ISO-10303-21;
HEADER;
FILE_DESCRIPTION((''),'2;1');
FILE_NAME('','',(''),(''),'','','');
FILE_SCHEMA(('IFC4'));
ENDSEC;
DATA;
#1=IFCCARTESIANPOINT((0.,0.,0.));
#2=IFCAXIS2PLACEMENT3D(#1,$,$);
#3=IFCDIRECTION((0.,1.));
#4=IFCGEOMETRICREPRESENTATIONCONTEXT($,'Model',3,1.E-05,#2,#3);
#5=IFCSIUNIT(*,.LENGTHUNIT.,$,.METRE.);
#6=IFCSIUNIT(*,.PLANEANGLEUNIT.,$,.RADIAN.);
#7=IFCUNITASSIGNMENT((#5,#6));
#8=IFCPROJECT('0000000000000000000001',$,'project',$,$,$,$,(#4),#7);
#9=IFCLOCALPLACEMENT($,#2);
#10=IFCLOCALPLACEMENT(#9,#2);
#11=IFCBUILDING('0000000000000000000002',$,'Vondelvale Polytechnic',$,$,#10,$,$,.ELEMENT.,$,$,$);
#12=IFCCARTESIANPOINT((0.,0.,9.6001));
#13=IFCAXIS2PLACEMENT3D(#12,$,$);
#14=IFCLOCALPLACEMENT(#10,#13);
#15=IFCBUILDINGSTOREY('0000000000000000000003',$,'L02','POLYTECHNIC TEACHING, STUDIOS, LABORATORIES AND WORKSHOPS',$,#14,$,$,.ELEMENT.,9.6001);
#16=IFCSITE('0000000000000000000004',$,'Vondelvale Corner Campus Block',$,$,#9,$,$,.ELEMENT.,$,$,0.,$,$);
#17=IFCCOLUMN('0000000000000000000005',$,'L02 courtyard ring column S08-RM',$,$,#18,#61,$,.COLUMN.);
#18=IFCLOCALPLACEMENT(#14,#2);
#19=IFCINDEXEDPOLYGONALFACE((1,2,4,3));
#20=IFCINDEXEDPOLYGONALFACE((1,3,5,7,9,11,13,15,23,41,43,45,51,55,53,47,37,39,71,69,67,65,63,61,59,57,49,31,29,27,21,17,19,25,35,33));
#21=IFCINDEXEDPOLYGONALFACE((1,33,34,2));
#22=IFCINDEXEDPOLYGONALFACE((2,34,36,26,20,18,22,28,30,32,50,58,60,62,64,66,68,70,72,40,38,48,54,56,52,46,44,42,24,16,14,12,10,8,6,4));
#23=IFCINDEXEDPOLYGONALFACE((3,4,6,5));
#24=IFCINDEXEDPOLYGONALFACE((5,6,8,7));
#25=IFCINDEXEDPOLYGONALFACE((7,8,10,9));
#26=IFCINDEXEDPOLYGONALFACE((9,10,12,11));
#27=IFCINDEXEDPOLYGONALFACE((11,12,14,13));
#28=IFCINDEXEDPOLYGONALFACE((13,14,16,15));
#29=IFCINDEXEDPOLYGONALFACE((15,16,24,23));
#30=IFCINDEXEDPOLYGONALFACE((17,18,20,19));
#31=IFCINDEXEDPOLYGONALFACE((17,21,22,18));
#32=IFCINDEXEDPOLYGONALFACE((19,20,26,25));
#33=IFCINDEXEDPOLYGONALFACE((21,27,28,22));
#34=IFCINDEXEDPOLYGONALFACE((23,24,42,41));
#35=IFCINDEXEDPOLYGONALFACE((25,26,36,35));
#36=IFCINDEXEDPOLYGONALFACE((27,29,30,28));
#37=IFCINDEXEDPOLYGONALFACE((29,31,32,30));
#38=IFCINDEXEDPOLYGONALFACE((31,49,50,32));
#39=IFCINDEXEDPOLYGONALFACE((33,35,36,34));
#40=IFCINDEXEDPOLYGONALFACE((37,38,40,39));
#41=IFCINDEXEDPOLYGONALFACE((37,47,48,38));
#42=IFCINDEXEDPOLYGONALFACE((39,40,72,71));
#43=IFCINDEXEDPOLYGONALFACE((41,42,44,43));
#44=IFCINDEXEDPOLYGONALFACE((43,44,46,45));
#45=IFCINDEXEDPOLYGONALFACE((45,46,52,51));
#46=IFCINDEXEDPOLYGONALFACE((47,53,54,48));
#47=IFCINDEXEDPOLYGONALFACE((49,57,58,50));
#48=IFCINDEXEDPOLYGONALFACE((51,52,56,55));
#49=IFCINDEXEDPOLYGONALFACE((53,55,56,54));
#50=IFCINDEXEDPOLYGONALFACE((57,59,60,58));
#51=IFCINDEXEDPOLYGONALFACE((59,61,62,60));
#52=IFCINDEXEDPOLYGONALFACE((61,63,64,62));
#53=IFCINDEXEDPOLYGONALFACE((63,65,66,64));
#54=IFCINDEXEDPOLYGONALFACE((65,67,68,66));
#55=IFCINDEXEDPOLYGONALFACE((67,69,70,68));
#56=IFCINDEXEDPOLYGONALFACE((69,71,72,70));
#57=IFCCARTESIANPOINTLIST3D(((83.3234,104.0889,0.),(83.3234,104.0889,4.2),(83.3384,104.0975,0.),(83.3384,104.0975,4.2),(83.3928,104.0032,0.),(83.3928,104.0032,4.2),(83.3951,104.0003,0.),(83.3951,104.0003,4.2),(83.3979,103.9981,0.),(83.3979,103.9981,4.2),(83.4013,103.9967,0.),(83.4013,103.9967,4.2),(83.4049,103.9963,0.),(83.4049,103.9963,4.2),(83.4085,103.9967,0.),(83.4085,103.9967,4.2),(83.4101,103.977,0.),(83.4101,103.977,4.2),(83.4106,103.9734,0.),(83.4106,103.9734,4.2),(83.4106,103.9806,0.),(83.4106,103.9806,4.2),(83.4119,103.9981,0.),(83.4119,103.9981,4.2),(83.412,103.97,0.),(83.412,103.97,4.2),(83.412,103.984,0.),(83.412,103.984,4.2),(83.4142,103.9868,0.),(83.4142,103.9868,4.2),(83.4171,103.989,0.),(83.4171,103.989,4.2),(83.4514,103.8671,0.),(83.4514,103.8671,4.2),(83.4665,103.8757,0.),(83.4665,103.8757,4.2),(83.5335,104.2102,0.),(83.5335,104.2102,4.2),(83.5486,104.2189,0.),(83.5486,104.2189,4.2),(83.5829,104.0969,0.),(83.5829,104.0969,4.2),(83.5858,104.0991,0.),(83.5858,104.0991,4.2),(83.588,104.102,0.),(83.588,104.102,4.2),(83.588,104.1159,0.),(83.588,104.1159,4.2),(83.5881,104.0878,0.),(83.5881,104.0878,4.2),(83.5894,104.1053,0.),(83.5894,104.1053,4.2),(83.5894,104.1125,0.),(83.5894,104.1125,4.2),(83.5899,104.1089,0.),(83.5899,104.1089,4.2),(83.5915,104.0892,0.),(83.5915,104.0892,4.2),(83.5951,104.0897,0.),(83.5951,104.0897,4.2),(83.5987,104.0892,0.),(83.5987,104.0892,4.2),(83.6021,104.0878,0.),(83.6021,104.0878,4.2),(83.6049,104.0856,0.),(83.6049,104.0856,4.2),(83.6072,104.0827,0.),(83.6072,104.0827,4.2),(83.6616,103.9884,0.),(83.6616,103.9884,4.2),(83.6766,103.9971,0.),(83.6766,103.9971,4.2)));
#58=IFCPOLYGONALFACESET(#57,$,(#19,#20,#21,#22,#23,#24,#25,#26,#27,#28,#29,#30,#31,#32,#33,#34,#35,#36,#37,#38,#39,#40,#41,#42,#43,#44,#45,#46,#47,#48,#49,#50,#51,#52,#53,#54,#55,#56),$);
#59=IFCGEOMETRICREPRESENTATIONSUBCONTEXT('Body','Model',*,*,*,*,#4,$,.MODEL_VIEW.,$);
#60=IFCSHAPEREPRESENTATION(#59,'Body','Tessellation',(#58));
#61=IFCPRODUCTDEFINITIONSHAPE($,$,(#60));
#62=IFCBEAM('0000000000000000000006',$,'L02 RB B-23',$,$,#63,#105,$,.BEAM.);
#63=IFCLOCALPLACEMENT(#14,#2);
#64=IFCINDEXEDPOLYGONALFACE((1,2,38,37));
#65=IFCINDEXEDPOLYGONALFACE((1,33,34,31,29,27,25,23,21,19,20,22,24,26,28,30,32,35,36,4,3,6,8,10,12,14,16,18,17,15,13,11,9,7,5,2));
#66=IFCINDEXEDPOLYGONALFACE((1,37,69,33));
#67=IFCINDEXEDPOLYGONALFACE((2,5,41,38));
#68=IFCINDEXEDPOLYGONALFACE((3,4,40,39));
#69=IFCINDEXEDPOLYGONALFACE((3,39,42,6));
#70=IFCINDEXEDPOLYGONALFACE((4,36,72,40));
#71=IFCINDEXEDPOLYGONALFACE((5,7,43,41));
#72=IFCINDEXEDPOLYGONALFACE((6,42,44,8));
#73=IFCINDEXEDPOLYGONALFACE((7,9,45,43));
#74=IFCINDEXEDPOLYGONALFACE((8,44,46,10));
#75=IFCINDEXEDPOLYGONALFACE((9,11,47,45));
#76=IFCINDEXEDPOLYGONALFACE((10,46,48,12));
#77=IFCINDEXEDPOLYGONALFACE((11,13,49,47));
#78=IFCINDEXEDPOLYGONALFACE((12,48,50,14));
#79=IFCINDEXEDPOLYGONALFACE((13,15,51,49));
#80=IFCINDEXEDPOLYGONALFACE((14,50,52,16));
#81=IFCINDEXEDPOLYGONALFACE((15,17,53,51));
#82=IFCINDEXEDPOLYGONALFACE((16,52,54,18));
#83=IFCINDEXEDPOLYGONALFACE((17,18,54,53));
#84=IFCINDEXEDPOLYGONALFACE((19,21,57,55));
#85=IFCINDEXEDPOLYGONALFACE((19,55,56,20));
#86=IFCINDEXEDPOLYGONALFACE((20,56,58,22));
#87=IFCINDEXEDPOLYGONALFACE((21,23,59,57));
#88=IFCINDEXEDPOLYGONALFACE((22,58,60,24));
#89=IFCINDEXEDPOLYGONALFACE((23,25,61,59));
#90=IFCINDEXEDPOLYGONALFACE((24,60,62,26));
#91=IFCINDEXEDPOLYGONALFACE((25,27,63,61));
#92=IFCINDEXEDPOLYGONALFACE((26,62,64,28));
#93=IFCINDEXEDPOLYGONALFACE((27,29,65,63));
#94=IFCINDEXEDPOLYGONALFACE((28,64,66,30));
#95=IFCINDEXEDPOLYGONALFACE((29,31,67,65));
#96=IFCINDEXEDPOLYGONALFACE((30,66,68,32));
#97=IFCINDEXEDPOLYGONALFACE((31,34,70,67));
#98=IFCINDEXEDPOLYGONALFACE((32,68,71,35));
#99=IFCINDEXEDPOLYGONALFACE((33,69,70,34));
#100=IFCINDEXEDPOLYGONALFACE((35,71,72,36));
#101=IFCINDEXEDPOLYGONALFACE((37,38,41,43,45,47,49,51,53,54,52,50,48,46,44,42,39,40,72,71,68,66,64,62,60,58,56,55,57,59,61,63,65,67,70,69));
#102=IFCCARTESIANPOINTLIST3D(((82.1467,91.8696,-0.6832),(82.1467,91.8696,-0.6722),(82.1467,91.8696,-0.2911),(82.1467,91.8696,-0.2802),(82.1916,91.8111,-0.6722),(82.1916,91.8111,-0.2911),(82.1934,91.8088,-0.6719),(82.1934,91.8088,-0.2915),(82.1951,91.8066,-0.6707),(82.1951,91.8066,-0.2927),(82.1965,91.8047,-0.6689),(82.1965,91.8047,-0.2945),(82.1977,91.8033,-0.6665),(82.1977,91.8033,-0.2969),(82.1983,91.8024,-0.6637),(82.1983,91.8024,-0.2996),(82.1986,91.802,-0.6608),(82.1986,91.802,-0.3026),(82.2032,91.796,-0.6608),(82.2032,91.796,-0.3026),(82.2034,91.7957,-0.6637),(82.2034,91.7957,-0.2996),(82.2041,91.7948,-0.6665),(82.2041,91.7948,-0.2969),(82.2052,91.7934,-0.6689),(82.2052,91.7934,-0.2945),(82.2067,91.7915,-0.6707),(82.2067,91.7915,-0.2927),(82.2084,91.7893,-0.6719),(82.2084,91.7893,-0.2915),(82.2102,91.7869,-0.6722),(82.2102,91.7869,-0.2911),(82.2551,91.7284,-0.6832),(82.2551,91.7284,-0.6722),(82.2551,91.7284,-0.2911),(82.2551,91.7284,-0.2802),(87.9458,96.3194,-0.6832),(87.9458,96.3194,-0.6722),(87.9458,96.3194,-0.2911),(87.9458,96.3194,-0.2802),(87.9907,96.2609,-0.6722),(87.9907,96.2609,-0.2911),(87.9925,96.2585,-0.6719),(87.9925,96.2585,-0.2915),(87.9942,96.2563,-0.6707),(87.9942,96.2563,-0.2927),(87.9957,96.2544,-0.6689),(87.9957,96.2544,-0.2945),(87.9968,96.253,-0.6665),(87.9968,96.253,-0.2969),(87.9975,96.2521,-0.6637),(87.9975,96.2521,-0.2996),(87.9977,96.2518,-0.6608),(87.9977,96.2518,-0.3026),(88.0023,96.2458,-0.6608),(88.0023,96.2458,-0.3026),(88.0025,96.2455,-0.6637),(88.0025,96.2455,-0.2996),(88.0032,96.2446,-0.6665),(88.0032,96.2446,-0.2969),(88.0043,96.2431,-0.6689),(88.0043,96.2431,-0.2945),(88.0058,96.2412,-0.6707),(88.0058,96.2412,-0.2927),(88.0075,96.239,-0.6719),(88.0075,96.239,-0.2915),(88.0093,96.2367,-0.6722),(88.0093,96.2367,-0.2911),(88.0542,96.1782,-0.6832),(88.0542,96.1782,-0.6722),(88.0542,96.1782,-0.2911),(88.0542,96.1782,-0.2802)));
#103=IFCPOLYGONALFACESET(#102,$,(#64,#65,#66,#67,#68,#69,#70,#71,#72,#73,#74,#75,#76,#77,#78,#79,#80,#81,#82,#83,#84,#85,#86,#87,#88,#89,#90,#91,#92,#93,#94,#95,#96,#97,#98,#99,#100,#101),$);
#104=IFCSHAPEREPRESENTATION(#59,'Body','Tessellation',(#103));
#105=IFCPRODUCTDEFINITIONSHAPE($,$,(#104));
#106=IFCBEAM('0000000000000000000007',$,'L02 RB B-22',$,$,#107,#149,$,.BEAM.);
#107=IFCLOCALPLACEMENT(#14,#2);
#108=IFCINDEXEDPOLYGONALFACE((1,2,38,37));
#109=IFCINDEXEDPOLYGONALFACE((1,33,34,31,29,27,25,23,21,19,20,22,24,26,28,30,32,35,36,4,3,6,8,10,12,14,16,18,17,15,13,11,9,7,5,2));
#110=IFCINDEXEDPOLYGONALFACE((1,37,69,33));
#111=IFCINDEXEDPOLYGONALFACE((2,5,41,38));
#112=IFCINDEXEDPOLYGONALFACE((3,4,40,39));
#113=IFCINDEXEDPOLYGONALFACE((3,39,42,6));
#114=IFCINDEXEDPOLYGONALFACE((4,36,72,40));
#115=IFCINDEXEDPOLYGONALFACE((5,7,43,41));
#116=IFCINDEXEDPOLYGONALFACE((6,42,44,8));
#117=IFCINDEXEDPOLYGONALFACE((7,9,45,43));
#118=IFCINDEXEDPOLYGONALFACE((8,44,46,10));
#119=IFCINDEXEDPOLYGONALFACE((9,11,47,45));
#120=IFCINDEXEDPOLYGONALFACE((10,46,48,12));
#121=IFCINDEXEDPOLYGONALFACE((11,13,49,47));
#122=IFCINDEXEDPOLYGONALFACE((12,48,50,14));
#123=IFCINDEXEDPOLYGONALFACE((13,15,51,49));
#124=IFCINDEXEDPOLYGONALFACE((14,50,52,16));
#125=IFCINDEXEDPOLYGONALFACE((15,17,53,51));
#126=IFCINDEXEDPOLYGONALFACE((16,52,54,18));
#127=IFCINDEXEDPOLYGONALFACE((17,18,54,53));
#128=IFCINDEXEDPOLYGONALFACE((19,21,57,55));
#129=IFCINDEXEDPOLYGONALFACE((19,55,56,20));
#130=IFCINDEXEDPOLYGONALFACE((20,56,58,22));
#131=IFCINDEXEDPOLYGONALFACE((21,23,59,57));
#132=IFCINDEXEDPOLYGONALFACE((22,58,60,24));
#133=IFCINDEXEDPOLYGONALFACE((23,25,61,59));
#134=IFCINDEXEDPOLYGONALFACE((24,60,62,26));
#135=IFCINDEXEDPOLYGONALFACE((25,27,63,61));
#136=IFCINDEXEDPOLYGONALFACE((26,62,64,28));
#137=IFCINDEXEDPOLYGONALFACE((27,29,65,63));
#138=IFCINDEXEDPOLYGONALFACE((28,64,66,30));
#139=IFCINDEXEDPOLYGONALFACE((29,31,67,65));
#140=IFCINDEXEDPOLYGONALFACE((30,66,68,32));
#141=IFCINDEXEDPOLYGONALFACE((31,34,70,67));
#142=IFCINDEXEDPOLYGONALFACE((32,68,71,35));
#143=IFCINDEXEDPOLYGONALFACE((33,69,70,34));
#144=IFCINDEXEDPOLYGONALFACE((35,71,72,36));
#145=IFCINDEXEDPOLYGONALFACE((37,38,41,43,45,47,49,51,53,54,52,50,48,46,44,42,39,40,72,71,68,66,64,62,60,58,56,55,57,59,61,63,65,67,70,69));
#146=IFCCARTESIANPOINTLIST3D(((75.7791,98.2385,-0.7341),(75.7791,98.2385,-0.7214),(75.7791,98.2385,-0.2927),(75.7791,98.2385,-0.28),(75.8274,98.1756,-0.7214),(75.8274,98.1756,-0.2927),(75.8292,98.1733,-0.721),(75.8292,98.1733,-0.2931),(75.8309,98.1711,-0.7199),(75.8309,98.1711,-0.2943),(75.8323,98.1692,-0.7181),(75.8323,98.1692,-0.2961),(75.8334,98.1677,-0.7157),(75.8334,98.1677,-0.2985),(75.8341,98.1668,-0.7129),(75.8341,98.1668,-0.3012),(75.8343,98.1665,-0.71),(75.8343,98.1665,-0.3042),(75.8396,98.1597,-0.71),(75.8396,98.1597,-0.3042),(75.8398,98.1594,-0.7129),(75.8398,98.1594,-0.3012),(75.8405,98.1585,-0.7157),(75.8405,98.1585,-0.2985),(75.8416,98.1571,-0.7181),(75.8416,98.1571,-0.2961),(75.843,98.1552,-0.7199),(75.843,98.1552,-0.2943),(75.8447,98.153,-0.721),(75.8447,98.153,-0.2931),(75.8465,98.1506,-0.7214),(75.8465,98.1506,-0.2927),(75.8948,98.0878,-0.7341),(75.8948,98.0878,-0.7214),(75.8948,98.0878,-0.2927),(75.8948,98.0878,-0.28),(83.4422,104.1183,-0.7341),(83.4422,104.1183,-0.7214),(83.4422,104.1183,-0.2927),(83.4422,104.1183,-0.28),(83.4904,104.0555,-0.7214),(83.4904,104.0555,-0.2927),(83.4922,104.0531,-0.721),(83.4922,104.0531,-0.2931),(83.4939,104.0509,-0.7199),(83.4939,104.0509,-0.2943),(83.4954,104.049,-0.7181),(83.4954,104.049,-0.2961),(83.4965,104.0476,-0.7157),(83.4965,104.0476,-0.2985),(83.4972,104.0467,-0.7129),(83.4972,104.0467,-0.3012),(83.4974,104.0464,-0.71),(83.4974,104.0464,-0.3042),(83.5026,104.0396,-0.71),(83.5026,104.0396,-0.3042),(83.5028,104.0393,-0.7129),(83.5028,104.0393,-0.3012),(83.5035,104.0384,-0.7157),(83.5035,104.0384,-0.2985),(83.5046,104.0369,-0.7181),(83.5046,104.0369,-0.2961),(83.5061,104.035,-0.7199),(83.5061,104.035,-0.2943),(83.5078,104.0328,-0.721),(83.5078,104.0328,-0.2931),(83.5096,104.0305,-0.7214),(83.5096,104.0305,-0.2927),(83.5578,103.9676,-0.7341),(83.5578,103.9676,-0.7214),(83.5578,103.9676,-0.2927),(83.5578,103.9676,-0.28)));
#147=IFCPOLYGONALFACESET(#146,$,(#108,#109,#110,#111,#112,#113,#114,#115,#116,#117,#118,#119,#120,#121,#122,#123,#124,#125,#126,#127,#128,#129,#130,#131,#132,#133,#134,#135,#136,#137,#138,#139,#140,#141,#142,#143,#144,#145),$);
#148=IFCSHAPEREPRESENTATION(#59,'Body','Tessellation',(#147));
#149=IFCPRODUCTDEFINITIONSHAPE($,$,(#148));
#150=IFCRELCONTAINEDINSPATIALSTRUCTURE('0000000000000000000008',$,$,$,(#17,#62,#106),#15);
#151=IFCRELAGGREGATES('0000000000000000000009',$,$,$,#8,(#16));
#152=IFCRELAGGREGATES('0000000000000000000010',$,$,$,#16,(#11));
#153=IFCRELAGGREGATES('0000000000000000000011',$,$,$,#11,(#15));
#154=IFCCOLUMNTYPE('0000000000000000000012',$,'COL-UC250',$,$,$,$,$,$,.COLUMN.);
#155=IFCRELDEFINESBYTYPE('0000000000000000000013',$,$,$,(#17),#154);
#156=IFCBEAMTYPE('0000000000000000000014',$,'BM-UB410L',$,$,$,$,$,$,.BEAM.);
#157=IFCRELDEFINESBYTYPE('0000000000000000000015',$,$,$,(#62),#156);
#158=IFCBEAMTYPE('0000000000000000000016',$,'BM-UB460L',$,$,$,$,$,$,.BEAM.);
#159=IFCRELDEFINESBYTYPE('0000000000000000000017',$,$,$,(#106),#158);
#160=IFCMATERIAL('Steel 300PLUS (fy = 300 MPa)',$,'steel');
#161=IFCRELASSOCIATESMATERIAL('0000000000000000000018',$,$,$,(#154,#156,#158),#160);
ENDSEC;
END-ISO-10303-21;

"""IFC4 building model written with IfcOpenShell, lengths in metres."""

from ifc_helpers import new_model, si_unit, direction, frame, origin, origin_2d, place, context, subcontext, project, spatial, i_section, extrude, material, material_profile, profile_set, type_object, element, save


model = new_model("IFC4")

# Units and contexts
model_context = context("Model", 3, precision=1e-05, world=origin(), true_north=direction((0.0, 1.0)))
body_context = subcontext(model_context, "Body", "Model", "MODEL_VIEW")
ifc_project = project(units=[si_unit("LENGTHUNIT", "METRE"), si_unit("PLANEANGLEUNIT", "RADIAN")], contexts=[model_context])

# Site, building, storey
site_placement = place(None, origin())
site = spatial("IfcSite", under=ifc_project, at=site_placement, Name="Vondelvale Corner Campus Block", CompositionType="ELEMENT", RefElevation=0.0)
building_placement = place(site_placement, origin())
building = spatial("IfcBuilding", under=site, at=building_placement, Name="Vondelvale Polytechnic", CompositionType="ELEMENT")
storey_placement = place(building_placement, frame((0.0, 0.0, 9.6001)))
storey = spatial("IfcBuildingStorey", under=building, at=storey_placement, Name="L02", Description="POLYTECHNIC TEACHING, STUDIOS, LABORATORIES AND WORKSHOPS", CompositionType="ELEMENT", Elevation=9.6001)

# Column
ifc_material_1 = material(Name="Steel 300PLUS (fy = 300 MPa)", Category="steel")
ifc_material_profile_1 = material_profile(ifc_material_1, i_section(OverallWidth=0.2561, OverallDepth=0.26, WebThickness=0.0105, FlangeThickness=0.0173, FilletRadius=0.0139, at=origin_2d()), Name="250UC89.5")
ifc_profile_set_1 = profile_set([ifc_material_profile_1], Name="Steel 300PLUS (fy = 300 MPa)")
column_type_1 = type_object("IfcColumnType", Name="COL-UC250", PredefinedType="COLUMN", material=ifc_profile_set_1)
column_1_placement = place(storey_placement, frame((83.5, 104.043, 0.0), z_axis=(0.0, 0.0, 1.0), x_axis=(-0.5, 0.866025, 0.0)))
element("IfcColumn", 1, at=column_1_placement, inside=storey, type_object=column_type_1, Name="L02 courtyard ring column S08-RM", PredefinedType="COLUMN", context=body_context, shape_type="SweptSolid", body=[
    extrude(i_section(OverallWidth=0.2561, OverallDepth=0.26, WebThickness=0.0105, FlangeThickness=0.0173, FilletRadius=0.0139, at=origin_2d()), origin(), (0.0, 0.0, 1.0), 4.2),
])

# Beams
ifc_material_profile_2 = material_profile(ifc_material_1, i_section(OverallWidth=0.178, OverallDepth=0.4031, WebThickness=0.0076, FlangeThickness=0.011, FilletRadius=0.0115, at=origin_2d()), Name="410UB53.7")
ifc_profile_set_2 = profile_set([ifc_material_profile_2], Name="Steel 300PLUS (fy = 300 MPa)")
beam_type_1 = type_object("IfcBeamType", Name="BM-UB410L", PredefinedType="BEAM", material=ifc_profile_set_2)
beam_1_placement = place(storey_placement, frame((88.0, 96.2488, -0.4817), z_axis=(-0.793358, -0.608755, 0.0), x_axis=(0.608755, -0.793358, 0.0)))
element("IfcBeam", 2, at=beam_1_placement, inside=storey, type_object=beam_type_1, Name="L02 RB B-23", PredefinedType="BEAM", context=body_context, shape_type="SweptSolid", body=[
    extrude(i_section(OverallWidth=0.178, OverallDepth=0.4031, WebThickness=0.0076, FlangeThickness=0.011, FilletRadius=0.0115, at=origin_2d()), origin(), (0.0, 0.0, 1.0), 7.3096),
])
ifc_material_profile_3 = material_profile(ifc_material_1, i_section(OverallWidth=0.1899, OverallDepth=0.4541, WebThickness=0.0085, FlangeThickness=0.0127, FilletRadius=0.0115, at=origin_2d()), Name="460UB67.1")
ifc_profile_set_3 = profile_set([ifc_material_profile_3], Name="Steel 300PLUS (fy = 300 MPa)")
beam_type_2 = type_object("IfcBeamType", Name="BM-UB460L", PredefinedType="BEAM", material=ifc_profile_set_3)
beam_2_placement = place(storey_placement, frame((83.5, 104.043, -0.5071), z_axis=(-0.793364, -0.608748, 0.0), x_axis=(0.608748, -0.793364, 0.0)))
element("IfcBeam", 3, at=beam_2_placement, inside=storey, type_object=beam_type_2, Name="L02 RB B-22", PredefinedType="BEAM", context=body_context, shape_type="SweptSolid", body=[
    extrude(i_section(OverallWidth=0.1899, OverallDepth=0.4541, WebThickness=0.0085, FlangeThickness=0.0127, FilletRadius=0.0115, at=origin_2d()), origin(), (0.0, 0.0, 1.0), 9.6589),
])

save(model, "model.ifc")
